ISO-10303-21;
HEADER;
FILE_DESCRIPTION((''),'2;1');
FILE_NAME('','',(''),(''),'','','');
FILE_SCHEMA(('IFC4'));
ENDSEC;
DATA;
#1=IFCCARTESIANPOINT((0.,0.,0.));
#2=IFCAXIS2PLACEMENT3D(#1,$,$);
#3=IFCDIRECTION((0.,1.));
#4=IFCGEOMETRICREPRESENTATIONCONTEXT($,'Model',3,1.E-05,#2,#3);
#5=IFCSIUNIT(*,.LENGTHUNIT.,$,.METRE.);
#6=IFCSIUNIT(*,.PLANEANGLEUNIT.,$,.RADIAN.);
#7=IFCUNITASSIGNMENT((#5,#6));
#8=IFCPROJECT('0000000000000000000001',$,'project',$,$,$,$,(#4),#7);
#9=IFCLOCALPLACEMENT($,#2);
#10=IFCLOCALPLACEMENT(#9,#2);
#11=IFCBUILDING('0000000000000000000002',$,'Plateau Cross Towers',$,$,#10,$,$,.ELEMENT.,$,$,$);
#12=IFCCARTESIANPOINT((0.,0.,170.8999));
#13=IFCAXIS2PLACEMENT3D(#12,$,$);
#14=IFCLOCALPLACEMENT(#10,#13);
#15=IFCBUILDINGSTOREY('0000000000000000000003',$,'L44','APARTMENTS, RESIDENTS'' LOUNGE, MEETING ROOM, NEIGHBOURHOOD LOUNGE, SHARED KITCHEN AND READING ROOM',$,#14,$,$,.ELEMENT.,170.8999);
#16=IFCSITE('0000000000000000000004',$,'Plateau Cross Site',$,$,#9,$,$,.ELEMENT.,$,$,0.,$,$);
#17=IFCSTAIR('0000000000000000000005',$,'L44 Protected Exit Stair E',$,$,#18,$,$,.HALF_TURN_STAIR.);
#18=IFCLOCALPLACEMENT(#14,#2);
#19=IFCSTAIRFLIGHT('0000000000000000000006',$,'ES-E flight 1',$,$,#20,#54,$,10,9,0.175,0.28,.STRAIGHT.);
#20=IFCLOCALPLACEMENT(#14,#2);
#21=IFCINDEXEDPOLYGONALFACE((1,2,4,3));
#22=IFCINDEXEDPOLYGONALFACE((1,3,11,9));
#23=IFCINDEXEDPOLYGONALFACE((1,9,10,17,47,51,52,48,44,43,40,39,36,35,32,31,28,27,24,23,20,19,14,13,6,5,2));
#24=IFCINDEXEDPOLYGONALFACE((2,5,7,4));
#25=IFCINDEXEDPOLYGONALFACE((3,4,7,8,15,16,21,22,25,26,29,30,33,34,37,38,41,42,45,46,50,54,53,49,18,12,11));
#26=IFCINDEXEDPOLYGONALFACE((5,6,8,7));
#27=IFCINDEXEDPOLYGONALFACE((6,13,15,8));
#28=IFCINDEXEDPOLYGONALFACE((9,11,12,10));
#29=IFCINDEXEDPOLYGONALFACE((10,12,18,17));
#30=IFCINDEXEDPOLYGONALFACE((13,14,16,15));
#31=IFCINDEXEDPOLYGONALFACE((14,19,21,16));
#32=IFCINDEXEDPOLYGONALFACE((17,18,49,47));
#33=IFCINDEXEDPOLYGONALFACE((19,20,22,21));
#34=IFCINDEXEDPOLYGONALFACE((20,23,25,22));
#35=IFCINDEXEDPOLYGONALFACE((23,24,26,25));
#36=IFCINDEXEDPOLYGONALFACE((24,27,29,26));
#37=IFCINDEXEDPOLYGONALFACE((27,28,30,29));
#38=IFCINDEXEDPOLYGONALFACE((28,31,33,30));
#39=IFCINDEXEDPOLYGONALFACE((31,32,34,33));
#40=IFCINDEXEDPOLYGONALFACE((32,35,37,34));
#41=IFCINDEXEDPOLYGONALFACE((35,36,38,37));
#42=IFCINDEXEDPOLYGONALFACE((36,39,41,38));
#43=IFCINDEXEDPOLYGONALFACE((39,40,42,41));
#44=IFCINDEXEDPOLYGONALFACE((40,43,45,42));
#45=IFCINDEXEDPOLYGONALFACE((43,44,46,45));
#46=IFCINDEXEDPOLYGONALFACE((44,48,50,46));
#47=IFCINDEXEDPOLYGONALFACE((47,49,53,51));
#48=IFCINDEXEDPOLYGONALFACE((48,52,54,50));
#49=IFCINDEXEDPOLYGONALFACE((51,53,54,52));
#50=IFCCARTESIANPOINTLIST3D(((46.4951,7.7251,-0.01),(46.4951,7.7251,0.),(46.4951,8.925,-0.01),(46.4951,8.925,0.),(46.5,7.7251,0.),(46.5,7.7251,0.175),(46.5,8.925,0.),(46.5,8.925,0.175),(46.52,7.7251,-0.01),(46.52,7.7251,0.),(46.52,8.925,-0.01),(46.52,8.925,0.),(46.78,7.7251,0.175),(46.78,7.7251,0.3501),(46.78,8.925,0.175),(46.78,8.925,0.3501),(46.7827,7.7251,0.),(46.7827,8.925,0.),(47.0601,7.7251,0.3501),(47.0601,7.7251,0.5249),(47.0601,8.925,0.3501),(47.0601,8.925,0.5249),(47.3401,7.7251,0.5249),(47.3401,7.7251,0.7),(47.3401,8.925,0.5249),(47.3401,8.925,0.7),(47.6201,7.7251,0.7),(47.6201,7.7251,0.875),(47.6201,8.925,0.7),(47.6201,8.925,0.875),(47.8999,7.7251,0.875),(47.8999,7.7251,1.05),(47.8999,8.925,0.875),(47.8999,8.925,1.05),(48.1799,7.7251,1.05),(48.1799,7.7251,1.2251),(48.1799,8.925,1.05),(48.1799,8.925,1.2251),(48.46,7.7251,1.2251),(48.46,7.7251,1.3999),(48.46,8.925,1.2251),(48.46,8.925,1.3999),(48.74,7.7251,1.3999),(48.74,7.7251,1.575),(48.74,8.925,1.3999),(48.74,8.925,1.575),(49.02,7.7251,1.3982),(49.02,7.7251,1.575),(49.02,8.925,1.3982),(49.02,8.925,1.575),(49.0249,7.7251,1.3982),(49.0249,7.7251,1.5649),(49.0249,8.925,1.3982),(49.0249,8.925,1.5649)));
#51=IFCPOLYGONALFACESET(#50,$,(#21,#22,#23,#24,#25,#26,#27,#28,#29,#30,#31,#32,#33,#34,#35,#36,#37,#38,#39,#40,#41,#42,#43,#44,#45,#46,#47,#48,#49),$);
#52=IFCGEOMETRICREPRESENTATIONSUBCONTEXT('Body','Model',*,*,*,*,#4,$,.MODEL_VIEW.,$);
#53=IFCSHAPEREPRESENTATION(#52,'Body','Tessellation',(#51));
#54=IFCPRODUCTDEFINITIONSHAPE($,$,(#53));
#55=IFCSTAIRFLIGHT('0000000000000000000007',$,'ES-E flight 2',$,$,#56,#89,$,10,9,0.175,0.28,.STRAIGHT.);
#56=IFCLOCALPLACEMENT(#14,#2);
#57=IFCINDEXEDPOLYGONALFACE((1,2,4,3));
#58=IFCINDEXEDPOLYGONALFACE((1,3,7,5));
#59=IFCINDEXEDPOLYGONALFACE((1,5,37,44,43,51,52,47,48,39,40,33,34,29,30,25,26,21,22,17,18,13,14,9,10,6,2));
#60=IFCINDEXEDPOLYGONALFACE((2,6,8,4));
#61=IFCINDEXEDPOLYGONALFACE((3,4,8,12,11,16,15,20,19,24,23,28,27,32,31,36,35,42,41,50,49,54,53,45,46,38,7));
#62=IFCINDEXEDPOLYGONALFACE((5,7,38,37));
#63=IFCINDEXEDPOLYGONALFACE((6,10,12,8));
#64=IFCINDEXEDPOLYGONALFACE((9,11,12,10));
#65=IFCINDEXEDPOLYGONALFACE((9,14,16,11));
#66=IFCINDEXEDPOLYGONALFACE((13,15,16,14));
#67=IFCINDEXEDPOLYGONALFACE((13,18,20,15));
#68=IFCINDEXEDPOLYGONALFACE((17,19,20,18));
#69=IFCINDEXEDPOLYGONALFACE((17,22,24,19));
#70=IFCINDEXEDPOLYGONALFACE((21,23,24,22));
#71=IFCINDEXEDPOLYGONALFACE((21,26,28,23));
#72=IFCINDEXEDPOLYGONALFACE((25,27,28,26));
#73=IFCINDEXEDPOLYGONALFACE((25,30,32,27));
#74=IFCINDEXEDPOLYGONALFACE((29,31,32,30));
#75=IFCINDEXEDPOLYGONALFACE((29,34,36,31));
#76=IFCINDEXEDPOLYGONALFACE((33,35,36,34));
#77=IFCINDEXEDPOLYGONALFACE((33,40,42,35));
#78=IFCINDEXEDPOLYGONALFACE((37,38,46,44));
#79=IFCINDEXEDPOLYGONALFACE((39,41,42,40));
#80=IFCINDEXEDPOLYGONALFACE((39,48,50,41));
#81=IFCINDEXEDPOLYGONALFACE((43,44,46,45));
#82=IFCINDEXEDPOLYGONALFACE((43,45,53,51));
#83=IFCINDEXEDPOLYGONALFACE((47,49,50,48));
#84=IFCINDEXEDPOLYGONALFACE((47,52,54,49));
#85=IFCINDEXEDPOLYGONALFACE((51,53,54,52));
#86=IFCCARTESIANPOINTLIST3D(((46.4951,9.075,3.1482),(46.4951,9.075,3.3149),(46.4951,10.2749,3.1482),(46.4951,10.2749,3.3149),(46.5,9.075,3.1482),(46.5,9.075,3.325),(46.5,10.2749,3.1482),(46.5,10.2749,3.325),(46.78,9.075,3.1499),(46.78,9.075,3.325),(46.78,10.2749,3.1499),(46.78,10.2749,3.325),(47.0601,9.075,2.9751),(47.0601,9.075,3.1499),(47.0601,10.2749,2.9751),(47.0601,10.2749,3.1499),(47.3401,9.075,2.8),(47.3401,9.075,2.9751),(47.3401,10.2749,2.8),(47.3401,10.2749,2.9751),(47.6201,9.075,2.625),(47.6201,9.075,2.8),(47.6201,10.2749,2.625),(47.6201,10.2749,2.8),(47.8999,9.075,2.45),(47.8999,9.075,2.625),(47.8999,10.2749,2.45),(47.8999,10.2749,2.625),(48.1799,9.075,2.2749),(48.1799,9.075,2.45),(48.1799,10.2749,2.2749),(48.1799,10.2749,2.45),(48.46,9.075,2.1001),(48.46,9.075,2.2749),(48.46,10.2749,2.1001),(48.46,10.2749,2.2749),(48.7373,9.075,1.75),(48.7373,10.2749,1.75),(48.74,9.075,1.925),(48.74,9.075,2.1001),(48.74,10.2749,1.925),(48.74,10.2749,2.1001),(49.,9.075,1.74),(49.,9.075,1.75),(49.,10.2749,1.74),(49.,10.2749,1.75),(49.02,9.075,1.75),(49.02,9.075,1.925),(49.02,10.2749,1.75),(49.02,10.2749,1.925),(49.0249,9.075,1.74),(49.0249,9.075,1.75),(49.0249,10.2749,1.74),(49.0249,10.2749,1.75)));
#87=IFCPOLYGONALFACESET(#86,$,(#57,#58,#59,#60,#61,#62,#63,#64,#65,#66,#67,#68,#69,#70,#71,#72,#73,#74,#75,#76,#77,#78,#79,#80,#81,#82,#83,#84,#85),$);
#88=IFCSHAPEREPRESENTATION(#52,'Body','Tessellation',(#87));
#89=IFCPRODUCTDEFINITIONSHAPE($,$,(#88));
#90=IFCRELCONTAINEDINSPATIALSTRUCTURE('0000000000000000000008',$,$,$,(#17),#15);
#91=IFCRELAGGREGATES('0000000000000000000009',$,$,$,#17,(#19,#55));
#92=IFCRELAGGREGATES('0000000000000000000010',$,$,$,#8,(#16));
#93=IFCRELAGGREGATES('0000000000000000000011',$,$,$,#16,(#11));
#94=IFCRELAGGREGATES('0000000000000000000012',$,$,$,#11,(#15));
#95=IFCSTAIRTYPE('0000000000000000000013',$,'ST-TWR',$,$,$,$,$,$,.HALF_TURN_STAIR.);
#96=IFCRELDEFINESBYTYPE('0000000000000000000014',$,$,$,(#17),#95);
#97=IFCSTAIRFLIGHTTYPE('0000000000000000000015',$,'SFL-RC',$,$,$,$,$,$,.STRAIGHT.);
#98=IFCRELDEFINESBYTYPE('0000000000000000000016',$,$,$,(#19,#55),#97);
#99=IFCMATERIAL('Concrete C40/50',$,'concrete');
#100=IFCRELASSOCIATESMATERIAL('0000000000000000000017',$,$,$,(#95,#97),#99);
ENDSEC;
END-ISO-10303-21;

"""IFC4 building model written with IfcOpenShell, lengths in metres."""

from ifc_helpers import new_model, si_unit, direction, frame, origin, place, context, subcontext, project, spatial, polyline, outline, extrude, material, type_object, element, aggregate, save


model = new_model("IFC4")

# Units and contexts
model_context = context("Model", 3, precision=1e-05, world=origin(), true_north=direction((0.0, 1.0)))
body_context = subcontext(model_context, "Body", "Model", "MODEL_VIEW")
ifc_project = project(units=[si_unit("LENGTHUNIT", "METRE"), si_unit("PLANEANGLEUNIT", "RADIAN")], contexts=[model_context])

# Site, building, storey
site_placement = place(None, origin())
site = spatial("IfcSite", under=ifc_project, at=site_placement, Name="Plateau Cross Site", CompositionType="ELEMENT", RefElevation=0.0)
building_placement = place(site_placement, origin())
building = spatial("IfcBuilding", under=site, at=building_placement, Name="Plateau Cross Towers", CompositionType="ELEMENT")
storey_placement = place(building_placement, frame((0.0, 0.0, 170.8999)))
storey = spatial("IfcBuildingStorey", under=building, at=storey_placement, Name="L44", Description="APARTMENTS, RESIDENTS' LOUNGE, MEETING ROOM, NEIGHBOURHOOD LOUNGE, SHARED KITCHEN AND READING ROOM", CompositionType="ELEMENT", Elevation=170.8999)

# Stair, stair flights
ifc_material_1 = material(Name="Concrete C40/50", Category="concrete")
stair_type = type_object("IfcStairType", Name="ST-TWR", PredefinedType="HALF_TURN_STAIR", material=ifc_material_1)
stair_placement = place(storey_placement, origin())
stair = element("IfcStair", 1, at=stair_placement, inside=storey, type_object=stair_type, Name="L44 Protected Exit Stair E", PredefinedType="HALF_TURN_STAIR")
stair_flight_type = type_object("IfcStairFlightType", Name="SFL-RC", PredefinedType="STRAIGHT", material=ifc_material_1)
stair_flight_1_placement = place(storey_placement, frame((46.5, 8.325, 0.0), z_axis=(0.0, 0.0, 1.0), x_axis=(1.0, 0.0, 0.0)))
stair_flight_1 = element("IfcStairFlight", 2, at=stair_flight_1_placement, type_object=stair_flight_type, Name="ES-E flight 1", NumberOfRisers=10, NumberOfTreads=9, PredefinedType="STRAIGHT", RiserHeight=0.175, TreadLength=0.28, context=body_context, shape_type="SweptSolid", body=[
    extrude(outline(polyline([(-0.0049, -0.01), (-0.0049, 0.0), (0.0, 0.0), (0.0, 0.175), (0.28, 0.175), (0.28, 0.3501), (0.5601, 0.3501), (0.5601, 0.5249), (0.8401, 0.5249), (0.8401, 0.7), (1.1201, 0.7), (1.1201, 0.875), (1.3999, 0.875), (1.3999, 1.05), (1.6799, 1.05), (1.6799, 1.2251), (1.96, 1.2251), (1.96, 1.3999), (2.24, 1.3999), (2.24, 1.575), (2.52, 1.575), (2.5249, 1.5649), (2.5249, 1.3982), (2.52, 1.3982), (0.2827, 0.0), (0.02, 0.0), (0.02, -0.01), (-0.0049, -0.01)])), frame((0.0, 0.6001, 0.0), z_axis=(0.0, -1.0, 0.0), x_axis=(1.0, 0.0, 0.0)), (0.0, 0.0, 1.0), 1.2),
])
stair_flight_2_placement = place(storey_placement, frame((49.02, 9.675, 1.75), z_axis=(0.0, 0.0, 1.0), x_axis=(-1.0, 0.0, 0.0)))
stair_flight_2 = element("IfcStairFlight", 3, at=stair_flight_2_placement, type_object=stair_flight_type, Name="ES-E flight 2", NumberOfRisers=10, NumberOfTreads=9, PredefinedType="STRAIGHT", RiserHeight=0.175, TreadLength=0.28, context=body_context, shape_type="SweptSolid", body=[
    extrude(outline(polyline([(-0.0049, -0.01), (-0.0049, 0.0), (0.0, 0.0), (0.0, 0.175), (0.28, 0.175), (0.28, 0.3501), (0.5601, 0.3501), (0.5601, 0.5249), (0.8401, 0.5249), (0.8401, 0.7), (1.1201, 0.7), (1.1201, 0.875), (1.3999, 0.875), (1.3999, 1.05), (1.6799, 1.05), (1.6799, 1.2251), (1.96, 1.2251), (1.96, 1.3999), (2.24, 1.3999), (2.24, 1.575), (2.52, 1.575), (2.5249, 1.5649), (2.5249, 1.3982), (2.52, 1.3982), (0.2827, 0.0), (0.02, 0.0), (0.02, -0.01), (-0.0049, -0.01)])), frame((0.0, 0.6001, 0.0), z_axis=(0.0, -1.0, 0.0), x_axis=(1.0, 0.0, 0.0)), (0.0, 0.0, 1.0), 1.2),
])
aggregate(stair, [stair_flight_1, stair_flight_2])

save(model, "model.ifc")
